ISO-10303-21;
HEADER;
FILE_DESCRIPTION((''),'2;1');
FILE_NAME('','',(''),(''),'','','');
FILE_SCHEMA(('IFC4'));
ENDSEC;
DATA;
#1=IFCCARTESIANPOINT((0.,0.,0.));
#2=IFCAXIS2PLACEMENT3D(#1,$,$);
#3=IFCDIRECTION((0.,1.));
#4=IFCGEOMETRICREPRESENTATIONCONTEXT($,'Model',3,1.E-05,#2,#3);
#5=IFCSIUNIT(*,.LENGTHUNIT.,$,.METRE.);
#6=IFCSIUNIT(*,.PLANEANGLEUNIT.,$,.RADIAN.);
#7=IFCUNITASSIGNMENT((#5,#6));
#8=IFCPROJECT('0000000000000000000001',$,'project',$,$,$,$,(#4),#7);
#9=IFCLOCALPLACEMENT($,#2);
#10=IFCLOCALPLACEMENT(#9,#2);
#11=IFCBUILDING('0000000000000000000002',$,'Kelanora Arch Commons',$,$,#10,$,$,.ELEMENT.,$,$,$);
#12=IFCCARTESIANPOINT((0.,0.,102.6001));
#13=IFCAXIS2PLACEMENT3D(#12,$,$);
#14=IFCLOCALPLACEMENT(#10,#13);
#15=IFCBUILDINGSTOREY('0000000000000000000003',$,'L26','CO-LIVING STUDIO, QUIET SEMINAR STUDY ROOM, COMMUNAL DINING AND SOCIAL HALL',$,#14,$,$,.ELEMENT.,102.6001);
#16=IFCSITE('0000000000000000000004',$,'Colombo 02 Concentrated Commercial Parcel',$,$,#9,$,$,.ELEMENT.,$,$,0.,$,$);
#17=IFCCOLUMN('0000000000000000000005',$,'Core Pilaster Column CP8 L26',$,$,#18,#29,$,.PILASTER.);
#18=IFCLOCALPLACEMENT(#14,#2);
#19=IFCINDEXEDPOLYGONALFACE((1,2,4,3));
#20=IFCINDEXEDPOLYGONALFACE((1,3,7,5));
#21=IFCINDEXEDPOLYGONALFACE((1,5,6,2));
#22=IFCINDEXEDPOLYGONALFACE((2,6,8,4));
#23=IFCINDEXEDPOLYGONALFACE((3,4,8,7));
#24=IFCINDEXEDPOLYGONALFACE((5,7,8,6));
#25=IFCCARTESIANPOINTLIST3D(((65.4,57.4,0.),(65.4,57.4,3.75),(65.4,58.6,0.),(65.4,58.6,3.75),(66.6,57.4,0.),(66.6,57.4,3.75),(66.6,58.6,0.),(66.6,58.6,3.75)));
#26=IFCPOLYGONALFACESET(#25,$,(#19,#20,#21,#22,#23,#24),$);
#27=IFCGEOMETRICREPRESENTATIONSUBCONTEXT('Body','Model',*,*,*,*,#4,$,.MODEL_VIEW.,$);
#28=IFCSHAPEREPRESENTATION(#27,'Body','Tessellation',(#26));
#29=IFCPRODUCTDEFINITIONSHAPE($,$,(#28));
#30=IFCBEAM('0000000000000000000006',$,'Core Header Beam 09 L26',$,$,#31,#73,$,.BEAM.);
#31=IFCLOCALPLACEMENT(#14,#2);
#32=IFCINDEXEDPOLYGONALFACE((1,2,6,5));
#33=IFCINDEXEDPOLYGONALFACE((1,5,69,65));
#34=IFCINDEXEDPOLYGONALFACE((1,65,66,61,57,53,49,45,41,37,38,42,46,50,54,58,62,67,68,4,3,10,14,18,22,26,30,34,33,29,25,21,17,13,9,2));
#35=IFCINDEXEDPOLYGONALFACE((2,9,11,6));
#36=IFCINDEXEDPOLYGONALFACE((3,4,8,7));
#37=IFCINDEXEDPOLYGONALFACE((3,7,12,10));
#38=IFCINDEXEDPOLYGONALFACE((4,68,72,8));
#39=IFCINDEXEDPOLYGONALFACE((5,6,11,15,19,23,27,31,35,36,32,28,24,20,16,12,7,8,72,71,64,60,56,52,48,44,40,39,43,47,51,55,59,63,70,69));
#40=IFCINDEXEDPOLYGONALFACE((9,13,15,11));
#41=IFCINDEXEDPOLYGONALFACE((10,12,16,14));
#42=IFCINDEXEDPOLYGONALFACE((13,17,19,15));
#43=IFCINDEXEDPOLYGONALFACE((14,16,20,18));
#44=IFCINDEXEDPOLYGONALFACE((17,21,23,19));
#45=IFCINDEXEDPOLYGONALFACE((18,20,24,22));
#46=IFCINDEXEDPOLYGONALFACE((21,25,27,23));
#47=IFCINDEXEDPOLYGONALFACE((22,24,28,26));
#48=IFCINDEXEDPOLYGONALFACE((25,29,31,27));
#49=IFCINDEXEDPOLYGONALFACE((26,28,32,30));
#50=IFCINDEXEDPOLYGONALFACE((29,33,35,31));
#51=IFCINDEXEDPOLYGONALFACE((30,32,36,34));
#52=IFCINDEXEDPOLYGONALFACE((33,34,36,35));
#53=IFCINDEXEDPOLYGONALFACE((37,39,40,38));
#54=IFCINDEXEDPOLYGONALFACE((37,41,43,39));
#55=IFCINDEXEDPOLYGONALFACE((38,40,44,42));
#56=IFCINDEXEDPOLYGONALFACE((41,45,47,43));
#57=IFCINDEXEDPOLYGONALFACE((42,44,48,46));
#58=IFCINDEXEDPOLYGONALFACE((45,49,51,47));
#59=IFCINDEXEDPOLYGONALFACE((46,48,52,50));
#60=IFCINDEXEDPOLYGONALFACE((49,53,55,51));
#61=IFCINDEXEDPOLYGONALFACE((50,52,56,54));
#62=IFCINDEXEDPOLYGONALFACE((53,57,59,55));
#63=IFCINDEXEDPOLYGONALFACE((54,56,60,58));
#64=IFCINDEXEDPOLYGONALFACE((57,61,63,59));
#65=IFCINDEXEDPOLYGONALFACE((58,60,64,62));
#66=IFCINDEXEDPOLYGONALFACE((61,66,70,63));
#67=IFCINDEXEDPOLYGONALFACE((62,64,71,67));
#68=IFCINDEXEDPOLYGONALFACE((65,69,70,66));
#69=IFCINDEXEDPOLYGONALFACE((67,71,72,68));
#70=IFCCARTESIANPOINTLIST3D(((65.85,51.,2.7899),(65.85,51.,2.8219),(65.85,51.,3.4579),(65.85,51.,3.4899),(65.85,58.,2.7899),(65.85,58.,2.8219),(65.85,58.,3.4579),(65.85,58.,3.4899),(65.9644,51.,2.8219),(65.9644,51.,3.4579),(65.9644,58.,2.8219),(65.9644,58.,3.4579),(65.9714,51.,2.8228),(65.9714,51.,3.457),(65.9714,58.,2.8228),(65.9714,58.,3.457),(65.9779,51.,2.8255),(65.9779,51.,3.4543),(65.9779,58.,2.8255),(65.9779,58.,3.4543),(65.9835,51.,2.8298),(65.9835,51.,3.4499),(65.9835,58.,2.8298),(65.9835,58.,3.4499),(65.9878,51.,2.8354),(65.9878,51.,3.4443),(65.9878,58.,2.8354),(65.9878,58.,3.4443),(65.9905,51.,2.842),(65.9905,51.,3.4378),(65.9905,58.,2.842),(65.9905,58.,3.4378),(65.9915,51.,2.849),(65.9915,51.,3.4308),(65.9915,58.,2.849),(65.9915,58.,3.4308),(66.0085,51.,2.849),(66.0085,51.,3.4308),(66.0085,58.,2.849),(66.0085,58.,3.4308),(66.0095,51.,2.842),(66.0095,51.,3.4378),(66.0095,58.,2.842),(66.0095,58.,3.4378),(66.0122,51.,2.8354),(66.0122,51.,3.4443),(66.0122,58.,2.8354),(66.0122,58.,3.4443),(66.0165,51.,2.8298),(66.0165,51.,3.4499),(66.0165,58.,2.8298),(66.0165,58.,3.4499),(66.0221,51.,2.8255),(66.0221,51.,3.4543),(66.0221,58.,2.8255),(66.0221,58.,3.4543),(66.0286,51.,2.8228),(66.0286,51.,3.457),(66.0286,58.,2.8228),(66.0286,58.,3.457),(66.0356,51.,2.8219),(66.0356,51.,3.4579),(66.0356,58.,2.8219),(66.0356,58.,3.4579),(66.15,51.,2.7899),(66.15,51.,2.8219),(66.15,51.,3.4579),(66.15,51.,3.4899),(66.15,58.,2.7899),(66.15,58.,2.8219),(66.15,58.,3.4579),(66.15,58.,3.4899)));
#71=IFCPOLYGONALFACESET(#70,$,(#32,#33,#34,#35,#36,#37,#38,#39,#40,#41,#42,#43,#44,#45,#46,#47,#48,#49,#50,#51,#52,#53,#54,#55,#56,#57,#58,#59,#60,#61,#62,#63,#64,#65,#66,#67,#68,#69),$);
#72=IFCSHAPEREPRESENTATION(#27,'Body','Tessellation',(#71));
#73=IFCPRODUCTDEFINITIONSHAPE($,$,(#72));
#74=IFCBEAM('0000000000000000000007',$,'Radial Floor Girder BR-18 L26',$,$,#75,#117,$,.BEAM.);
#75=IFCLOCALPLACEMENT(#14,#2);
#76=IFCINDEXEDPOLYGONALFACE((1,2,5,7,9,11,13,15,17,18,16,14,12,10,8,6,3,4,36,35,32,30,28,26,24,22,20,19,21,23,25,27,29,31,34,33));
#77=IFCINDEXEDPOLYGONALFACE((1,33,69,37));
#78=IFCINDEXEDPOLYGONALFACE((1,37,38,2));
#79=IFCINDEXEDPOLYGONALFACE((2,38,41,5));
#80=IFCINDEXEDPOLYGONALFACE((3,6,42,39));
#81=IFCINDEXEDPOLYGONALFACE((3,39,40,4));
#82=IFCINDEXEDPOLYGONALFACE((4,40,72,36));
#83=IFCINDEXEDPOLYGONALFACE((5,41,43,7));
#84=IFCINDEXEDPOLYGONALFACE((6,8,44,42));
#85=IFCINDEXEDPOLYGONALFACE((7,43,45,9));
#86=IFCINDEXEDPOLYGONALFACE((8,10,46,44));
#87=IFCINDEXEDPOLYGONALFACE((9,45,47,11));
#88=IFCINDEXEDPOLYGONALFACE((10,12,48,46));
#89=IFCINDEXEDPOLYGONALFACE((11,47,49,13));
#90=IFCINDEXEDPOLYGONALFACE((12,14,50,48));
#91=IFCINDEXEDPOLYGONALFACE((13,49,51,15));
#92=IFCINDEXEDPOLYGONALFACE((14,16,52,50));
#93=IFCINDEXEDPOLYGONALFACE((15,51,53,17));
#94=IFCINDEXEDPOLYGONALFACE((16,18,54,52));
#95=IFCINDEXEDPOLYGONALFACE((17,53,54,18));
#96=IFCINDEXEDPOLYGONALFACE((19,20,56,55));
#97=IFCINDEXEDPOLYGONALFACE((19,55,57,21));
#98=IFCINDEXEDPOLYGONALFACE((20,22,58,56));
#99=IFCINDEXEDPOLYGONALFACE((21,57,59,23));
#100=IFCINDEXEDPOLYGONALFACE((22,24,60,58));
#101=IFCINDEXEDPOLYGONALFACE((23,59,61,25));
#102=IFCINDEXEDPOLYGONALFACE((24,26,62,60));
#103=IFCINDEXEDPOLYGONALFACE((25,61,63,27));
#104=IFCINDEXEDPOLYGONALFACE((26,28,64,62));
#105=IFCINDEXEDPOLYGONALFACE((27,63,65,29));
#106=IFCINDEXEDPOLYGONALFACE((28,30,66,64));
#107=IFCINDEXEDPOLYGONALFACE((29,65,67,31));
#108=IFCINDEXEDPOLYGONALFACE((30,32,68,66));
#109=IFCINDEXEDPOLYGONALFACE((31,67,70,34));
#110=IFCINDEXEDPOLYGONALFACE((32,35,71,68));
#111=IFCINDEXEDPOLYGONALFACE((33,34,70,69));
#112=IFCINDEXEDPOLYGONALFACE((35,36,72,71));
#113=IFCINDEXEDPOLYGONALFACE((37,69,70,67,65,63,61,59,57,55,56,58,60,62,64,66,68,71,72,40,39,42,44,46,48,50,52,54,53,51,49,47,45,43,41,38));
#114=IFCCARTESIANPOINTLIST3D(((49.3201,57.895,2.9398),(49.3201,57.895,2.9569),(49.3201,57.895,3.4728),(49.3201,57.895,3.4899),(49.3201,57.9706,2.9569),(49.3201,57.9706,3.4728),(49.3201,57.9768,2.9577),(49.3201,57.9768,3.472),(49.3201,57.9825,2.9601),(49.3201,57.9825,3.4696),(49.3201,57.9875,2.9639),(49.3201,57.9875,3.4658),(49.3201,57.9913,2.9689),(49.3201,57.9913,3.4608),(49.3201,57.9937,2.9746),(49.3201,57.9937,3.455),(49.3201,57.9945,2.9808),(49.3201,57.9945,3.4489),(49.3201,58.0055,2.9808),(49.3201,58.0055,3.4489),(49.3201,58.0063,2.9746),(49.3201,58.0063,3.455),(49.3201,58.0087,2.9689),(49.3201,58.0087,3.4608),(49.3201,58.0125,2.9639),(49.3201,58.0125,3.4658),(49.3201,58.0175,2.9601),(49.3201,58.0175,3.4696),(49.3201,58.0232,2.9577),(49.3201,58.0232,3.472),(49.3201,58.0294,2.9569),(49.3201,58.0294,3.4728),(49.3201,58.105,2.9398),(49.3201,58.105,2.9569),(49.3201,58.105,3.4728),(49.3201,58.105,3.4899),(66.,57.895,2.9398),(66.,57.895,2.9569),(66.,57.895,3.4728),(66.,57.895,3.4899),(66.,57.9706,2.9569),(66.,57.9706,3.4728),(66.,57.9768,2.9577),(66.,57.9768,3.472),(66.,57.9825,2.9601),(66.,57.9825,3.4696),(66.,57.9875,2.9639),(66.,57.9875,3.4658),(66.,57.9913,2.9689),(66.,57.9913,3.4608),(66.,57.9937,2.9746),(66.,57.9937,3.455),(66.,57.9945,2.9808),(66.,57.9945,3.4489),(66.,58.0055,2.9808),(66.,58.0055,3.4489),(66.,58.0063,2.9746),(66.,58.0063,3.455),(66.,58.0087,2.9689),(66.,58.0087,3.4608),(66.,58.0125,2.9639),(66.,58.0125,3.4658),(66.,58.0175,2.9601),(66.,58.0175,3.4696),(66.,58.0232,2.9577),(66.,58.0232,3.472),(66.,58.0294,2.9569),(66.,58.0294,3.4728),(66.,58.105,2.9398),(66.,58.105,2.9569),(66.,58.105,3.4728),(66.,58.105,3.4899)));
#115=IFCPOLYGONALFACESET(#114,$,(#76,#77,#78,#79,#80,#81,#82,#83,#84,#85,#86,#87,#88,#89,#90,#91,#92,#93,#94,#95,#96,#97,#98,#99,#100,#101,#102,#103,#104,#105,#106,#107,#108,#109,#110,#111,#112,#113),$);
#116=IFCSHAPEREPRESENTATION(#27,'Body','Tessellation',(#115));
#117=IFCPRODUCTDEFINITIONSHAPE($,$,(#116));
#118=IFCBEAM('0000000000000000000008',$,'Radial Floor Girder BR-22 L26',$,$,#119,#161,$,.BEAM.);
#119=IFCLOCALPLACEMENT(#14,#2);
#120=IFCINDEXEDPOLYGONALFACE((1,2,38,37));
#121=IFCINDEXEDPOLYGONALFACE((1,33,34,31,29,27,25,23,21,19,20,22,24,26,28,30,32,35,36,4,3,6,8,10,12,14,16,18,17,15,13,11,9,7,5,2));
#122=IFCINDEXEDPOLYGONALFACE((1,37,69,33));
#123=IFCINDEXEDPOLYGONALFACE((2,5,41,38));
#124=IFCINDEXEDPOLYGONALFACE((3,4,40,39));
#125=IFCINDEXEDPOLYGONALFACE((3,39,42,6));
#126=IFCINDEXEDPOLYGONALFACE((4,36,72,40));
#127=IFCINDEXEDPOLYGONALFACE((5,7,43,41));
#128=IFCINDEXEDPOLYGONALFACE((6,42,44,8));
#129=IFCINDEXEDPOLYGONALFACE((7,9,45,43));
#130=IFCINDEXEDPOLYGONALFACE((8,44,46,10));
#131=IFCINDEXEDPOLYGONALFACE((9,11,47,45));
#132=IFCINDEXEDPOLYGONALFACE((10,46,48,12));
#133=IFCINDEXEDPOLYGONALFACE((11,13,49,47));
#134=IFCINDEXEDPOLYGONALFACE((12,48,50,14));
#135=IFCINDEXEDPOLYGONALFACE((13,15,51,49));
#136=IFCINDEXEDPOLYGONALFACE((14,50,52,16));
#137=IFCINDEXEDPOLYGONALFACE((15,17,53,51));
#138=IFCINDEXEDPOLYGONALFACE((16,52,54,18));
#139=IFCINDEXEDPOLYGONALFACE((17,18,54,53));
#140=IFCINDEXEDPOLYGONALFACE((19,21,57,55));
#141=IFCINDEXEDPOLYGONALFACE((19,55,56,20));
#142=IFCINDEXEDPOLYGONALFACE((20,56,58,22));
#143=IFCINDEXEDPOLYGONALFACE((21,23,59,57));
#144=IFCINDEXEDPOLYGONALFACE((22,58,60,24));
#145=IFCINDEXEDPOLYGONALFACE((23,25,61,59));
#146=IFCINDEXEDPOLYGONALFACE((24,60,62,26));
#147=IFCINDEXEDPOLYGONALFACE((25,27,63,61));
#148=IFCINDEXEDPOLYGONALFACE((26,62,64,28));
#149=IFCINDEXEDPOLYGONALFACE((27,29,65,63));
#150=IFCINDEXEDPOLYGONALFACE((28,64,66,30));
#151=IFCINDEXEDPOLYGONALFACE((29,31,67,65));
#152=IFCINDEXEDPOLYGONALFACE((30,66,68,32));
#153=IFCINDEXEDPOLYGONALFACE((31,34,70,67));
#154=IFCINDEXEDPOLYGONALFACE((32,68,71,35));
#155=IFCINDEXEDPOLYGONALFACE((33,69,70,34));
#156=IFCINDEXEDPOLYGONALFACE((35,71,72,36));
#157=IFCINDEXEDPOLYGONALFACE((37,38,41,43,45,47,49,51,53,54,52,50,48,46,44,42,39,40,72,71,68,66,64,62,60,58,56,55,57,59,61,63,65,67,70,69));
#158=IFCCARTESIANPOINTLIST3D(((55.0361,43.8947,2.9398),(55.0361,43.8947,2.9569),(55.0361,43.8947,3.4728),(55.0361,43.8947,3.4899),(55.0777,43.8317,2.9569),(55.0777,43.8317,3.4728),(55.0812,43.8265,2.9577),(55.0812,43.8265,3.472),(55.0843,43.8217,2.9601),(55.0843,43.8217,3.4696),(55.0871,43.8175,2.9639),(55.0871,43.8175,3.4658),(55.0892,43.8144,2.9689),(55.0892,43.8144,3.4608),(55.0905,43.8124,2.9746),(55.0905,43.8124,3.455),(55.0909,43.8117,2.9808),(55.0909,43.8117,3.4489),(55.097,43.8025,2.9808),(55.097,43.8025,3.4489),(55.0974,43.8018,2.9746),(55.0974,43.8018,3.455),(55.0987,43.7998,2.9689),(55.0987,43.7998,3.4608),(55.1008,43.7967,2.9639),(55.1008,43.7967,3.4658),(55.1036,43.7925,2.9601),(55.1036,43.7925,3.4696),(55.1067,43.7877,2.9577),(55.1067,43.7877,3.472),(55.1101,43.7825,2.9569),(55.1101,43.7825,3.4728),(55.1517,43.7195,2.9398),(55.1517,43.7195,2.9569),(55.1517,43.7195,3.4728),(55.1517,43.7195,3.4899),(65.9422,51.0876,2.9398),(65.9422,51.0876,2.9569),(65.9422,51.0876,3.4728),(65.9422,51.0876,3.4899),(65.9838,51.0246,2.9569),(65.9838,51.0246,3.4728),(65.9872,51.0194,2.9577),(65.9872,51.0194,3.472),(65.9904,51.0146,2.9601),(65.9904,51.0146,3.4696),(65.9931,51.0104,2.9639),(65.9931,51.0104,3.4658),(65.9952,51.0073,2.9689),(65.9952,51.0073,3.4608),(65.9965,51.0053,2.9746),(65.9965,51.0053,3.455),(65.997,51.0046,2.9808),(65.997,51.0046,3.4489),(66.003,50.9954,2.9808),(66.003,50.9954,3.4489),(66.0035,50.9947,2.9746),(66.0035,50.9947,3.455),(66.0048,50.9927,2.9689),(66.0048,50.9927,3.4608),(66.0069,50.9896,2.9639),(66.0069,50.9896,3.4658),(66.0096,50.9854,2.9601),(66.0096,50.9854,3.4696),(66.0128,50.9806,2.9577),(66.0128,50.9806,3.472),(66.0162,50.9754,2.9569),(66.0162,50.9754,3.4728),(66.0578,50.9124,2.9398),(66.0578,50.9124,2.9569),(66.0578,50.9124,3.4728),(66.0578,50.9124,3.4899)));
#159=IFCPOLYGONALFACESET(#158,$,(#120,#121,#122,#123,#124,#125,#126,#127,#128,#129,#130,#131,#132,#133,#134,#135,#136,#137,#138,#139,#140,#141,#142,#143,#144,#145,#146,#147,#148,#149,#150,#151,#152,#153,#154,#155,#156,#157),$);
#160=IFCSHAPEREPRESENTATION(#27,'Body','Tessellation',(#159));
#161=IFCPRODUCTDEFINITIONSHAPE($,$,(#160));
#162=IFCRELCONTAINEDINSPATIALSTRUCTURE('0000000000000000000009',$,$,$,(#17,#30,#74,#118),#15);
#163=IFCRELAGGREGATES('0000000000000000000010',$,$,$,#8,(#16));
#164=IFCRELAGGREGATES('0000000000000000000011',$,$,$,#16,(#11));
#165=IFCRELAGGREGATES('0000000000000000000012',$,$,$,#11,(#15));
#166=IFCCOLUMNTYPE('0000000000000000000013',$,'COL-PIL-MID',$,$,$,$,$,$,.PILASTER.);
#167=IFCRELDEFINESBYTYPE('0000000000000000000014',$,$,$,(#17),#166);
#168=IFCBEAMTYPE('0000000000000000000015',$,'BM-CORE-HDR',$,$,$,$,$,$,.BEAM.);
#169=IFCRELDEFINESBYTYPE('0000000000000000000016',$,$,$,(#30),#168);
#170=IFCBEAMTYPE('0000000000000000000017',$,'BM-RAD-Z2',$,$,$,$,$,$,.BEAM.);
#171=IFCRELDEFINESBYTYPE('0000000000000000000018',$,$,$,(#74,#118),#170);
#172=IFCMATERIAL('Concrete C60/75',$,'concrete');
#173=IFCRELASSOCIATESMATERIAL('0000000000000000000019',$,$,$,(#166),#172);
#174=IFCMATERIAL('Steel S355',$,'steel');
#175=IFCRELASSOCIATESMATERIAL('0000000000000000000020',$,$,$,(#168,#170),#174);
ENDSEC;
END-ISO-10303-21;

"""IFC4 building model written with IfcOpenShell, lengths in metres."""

from ifc_helpers import new_model, si_unit, direction, frame, origin, origin_2d, place, context, subcontext, project, spatial, rectangle, i_section, extrude, material, material_profile, profile_set, type_object, element, save


model = new_model("IFC4")

# Units and contexts
model_context = context("Model", 3, precision=1e-05, world=origin(), true_north=direction((0.0, 1.0)))
body_context = subcontext(model_context, "Body", "Model", "MODEL_VIEW")
ifc_project = project(units=[si_unit("LENGTHUNIT", "METRE"), si_unit("PLANEANGLEUNIT", "RADIAN")], contexts=[model_context])

# Site, building, storey
site_placement = place(None, origin())
site = spatial("IfcSite", under=ifc_project, at=site_placement, Name="Colombo 02 Concentrated Commercial Parcel", CompositionType="ELEMENT", RefElevation=0.0)
building_placement = place(site_placement, origin())
building = spatial("IfcBuilding", under=site, at=building_placement, Name="Kelanora Arch Commons", CompositionType="ELEMENT")
storey_placement = place(building_placement, frame((0.0, 0.0, 102.6001)))
storey = spatial("IfcBuildingStorey", under=building, at=storey_placement, Name="L26", Description="CO-LIVING STUDIO, QUIET SEMINAR STUDY ROOM, COMMUNAL DINING AND SOCIAL HALL", CompositionType="ELEMENT", Elevation=102.6001)

# Column
ifc_material_1 = material(Name="Concrete C60/75", Category="concrete")
ifc_material_profile_1 = material_profile(ifc_material_1, rectangle(XDim=1.2, YDim=1.2, at=origin_2d()), Name="RC1200x1200")
ifc_profile_set_1 = profile_set([ifc_material_profile_1], Name="Concrete C60/75")
column_type = type_object("IfcColumnType", Name="COL-PIL-MID", PredefinedType="PILASTER", material=ifc_profile_set_1)
column_placement = place(storey_placement, frame((66.0, 58.0, 0.0), z_axis=(0.0, 0.0, 1.0), x_axis=(1.0, 0.0, 0.0)))
element("IfcColumn", 1, at=column_placement, inside=storey, type_object=column_type, Name="Core Pilaster Column CP8 L26", PredefinedType="PILASTER", context=body_context, shape_type="SweptSolid", body=[
    extrude(rectangle(XDim=1.2, YDim=1.2, at=origin_2d()), origin(), (0.0, 0.0, 1.0), 3.75),
])

# Beams
ifc_material_2 = material(Name="Steel S355", Category="steel")
ifc_material_profile_2 = material_profile(ifc_material_2, i_section(OverallWidth=0.3, OverallDepth=0.7, WebThickness=0.0171, FlangeThickness=0.032, FilletRadius=0.0271, at=origin_2d()), Name="HEB700")
ifc_profile_set_2 = profile_set([ifc_material_profile_2], Name="Steel S355")
beam_type_1 = type_object("IfcBeamType", Name="BM-CORE-HDR", PredefinedType="BEAM", material=ifc_profile_set_2)
beam_1_placement = place(storey_placement, frame((66.0, 58.0, 3.1399), z_axis=(0.0, -1.0, 0.0), x_axis=(1.0, 0.0, 0.0)))
element("IfcBeam", 2, at=beam_1_placement, inside=storey, type_object=beam_type_1, Name="Core Header Beam 09 L26", PredefinedType="BEAM", context=body_context, shape_type="SweptSolid", body=[
    extrude(i_section(OverallWidth=0.3, OverallDepth=0.7, WebThickness=0.0171, FlangeThickness=0.032, FilletRadius=0.0271, at=origin_2d()), origin(), (0.0, 0.0, 1.0), 7.0),
])
ifc_material_profile_3 = material_profile(ifc_material_2, i_section(OverallWidth=0.21, OverallDepth=0.55, WebThickness=0.011, FlangeThickness=0.0171, FilletRadius=0.0239, at=origin_2d()), Name="IPE550")
ifc_profile_set_3 = profile_set([ifc_material_profile_3], Name="Steel S355")
beam_type_2 = type_object("IfcBeamType", Name="BM-RAD-Z2", PredefinedType="BEAM", material=ifc_profile_set_3)
beam_2_placement = place(storey_placement, frame((66.0, 58.0, 3.2148), z_axis=(-1.0, 0.0, 0.0), x_axis=(0.0, -1.0, 0.0)))
element("IfcBeam", 3, at=beam_2_placement, inside=storey, type_object=beam_type_2, Name="Radial Floor Girder BR-18 L26", PredefinedType="BEAM", context=body_context, shape_type="SweptSolid", body=[
    extrude(i_section(OverallWidth=0.21, OverallDepth=0.55, WebThickness=0.011, FlangeThickness=0.0171, FilletRadius=0.0239, at=origin_2d()), origin(), (0.0, 0.0, 1.0), 16.6799),
])
beam_3_placement = place(storey_placement, frame((66.0, 51.0, 3.2148), z_axis=(-0.834789, -0.550571, 0.0), x_axis=(0.550571, -0.834789, 0.0)))
element("IfcBeam", 4, at=beam_3_placement, inside=storey, type_object=beam_type_2, Name="Radial Floor Girder BR-22 L26", PredefinedType="BEAM", context=body_context, shape_type="SweptSolid", body=[
    extrude(i_section(OverallWidth=0.21, OverallDepth=0.55, WebThickness=0.011, FlangeThickness=0.0171, FilletRadius=0.0239, at=origin_2d()), origin(), (0.0, 0.0, 1.0), 13.0645),
])

save(model, "model.ifc")
